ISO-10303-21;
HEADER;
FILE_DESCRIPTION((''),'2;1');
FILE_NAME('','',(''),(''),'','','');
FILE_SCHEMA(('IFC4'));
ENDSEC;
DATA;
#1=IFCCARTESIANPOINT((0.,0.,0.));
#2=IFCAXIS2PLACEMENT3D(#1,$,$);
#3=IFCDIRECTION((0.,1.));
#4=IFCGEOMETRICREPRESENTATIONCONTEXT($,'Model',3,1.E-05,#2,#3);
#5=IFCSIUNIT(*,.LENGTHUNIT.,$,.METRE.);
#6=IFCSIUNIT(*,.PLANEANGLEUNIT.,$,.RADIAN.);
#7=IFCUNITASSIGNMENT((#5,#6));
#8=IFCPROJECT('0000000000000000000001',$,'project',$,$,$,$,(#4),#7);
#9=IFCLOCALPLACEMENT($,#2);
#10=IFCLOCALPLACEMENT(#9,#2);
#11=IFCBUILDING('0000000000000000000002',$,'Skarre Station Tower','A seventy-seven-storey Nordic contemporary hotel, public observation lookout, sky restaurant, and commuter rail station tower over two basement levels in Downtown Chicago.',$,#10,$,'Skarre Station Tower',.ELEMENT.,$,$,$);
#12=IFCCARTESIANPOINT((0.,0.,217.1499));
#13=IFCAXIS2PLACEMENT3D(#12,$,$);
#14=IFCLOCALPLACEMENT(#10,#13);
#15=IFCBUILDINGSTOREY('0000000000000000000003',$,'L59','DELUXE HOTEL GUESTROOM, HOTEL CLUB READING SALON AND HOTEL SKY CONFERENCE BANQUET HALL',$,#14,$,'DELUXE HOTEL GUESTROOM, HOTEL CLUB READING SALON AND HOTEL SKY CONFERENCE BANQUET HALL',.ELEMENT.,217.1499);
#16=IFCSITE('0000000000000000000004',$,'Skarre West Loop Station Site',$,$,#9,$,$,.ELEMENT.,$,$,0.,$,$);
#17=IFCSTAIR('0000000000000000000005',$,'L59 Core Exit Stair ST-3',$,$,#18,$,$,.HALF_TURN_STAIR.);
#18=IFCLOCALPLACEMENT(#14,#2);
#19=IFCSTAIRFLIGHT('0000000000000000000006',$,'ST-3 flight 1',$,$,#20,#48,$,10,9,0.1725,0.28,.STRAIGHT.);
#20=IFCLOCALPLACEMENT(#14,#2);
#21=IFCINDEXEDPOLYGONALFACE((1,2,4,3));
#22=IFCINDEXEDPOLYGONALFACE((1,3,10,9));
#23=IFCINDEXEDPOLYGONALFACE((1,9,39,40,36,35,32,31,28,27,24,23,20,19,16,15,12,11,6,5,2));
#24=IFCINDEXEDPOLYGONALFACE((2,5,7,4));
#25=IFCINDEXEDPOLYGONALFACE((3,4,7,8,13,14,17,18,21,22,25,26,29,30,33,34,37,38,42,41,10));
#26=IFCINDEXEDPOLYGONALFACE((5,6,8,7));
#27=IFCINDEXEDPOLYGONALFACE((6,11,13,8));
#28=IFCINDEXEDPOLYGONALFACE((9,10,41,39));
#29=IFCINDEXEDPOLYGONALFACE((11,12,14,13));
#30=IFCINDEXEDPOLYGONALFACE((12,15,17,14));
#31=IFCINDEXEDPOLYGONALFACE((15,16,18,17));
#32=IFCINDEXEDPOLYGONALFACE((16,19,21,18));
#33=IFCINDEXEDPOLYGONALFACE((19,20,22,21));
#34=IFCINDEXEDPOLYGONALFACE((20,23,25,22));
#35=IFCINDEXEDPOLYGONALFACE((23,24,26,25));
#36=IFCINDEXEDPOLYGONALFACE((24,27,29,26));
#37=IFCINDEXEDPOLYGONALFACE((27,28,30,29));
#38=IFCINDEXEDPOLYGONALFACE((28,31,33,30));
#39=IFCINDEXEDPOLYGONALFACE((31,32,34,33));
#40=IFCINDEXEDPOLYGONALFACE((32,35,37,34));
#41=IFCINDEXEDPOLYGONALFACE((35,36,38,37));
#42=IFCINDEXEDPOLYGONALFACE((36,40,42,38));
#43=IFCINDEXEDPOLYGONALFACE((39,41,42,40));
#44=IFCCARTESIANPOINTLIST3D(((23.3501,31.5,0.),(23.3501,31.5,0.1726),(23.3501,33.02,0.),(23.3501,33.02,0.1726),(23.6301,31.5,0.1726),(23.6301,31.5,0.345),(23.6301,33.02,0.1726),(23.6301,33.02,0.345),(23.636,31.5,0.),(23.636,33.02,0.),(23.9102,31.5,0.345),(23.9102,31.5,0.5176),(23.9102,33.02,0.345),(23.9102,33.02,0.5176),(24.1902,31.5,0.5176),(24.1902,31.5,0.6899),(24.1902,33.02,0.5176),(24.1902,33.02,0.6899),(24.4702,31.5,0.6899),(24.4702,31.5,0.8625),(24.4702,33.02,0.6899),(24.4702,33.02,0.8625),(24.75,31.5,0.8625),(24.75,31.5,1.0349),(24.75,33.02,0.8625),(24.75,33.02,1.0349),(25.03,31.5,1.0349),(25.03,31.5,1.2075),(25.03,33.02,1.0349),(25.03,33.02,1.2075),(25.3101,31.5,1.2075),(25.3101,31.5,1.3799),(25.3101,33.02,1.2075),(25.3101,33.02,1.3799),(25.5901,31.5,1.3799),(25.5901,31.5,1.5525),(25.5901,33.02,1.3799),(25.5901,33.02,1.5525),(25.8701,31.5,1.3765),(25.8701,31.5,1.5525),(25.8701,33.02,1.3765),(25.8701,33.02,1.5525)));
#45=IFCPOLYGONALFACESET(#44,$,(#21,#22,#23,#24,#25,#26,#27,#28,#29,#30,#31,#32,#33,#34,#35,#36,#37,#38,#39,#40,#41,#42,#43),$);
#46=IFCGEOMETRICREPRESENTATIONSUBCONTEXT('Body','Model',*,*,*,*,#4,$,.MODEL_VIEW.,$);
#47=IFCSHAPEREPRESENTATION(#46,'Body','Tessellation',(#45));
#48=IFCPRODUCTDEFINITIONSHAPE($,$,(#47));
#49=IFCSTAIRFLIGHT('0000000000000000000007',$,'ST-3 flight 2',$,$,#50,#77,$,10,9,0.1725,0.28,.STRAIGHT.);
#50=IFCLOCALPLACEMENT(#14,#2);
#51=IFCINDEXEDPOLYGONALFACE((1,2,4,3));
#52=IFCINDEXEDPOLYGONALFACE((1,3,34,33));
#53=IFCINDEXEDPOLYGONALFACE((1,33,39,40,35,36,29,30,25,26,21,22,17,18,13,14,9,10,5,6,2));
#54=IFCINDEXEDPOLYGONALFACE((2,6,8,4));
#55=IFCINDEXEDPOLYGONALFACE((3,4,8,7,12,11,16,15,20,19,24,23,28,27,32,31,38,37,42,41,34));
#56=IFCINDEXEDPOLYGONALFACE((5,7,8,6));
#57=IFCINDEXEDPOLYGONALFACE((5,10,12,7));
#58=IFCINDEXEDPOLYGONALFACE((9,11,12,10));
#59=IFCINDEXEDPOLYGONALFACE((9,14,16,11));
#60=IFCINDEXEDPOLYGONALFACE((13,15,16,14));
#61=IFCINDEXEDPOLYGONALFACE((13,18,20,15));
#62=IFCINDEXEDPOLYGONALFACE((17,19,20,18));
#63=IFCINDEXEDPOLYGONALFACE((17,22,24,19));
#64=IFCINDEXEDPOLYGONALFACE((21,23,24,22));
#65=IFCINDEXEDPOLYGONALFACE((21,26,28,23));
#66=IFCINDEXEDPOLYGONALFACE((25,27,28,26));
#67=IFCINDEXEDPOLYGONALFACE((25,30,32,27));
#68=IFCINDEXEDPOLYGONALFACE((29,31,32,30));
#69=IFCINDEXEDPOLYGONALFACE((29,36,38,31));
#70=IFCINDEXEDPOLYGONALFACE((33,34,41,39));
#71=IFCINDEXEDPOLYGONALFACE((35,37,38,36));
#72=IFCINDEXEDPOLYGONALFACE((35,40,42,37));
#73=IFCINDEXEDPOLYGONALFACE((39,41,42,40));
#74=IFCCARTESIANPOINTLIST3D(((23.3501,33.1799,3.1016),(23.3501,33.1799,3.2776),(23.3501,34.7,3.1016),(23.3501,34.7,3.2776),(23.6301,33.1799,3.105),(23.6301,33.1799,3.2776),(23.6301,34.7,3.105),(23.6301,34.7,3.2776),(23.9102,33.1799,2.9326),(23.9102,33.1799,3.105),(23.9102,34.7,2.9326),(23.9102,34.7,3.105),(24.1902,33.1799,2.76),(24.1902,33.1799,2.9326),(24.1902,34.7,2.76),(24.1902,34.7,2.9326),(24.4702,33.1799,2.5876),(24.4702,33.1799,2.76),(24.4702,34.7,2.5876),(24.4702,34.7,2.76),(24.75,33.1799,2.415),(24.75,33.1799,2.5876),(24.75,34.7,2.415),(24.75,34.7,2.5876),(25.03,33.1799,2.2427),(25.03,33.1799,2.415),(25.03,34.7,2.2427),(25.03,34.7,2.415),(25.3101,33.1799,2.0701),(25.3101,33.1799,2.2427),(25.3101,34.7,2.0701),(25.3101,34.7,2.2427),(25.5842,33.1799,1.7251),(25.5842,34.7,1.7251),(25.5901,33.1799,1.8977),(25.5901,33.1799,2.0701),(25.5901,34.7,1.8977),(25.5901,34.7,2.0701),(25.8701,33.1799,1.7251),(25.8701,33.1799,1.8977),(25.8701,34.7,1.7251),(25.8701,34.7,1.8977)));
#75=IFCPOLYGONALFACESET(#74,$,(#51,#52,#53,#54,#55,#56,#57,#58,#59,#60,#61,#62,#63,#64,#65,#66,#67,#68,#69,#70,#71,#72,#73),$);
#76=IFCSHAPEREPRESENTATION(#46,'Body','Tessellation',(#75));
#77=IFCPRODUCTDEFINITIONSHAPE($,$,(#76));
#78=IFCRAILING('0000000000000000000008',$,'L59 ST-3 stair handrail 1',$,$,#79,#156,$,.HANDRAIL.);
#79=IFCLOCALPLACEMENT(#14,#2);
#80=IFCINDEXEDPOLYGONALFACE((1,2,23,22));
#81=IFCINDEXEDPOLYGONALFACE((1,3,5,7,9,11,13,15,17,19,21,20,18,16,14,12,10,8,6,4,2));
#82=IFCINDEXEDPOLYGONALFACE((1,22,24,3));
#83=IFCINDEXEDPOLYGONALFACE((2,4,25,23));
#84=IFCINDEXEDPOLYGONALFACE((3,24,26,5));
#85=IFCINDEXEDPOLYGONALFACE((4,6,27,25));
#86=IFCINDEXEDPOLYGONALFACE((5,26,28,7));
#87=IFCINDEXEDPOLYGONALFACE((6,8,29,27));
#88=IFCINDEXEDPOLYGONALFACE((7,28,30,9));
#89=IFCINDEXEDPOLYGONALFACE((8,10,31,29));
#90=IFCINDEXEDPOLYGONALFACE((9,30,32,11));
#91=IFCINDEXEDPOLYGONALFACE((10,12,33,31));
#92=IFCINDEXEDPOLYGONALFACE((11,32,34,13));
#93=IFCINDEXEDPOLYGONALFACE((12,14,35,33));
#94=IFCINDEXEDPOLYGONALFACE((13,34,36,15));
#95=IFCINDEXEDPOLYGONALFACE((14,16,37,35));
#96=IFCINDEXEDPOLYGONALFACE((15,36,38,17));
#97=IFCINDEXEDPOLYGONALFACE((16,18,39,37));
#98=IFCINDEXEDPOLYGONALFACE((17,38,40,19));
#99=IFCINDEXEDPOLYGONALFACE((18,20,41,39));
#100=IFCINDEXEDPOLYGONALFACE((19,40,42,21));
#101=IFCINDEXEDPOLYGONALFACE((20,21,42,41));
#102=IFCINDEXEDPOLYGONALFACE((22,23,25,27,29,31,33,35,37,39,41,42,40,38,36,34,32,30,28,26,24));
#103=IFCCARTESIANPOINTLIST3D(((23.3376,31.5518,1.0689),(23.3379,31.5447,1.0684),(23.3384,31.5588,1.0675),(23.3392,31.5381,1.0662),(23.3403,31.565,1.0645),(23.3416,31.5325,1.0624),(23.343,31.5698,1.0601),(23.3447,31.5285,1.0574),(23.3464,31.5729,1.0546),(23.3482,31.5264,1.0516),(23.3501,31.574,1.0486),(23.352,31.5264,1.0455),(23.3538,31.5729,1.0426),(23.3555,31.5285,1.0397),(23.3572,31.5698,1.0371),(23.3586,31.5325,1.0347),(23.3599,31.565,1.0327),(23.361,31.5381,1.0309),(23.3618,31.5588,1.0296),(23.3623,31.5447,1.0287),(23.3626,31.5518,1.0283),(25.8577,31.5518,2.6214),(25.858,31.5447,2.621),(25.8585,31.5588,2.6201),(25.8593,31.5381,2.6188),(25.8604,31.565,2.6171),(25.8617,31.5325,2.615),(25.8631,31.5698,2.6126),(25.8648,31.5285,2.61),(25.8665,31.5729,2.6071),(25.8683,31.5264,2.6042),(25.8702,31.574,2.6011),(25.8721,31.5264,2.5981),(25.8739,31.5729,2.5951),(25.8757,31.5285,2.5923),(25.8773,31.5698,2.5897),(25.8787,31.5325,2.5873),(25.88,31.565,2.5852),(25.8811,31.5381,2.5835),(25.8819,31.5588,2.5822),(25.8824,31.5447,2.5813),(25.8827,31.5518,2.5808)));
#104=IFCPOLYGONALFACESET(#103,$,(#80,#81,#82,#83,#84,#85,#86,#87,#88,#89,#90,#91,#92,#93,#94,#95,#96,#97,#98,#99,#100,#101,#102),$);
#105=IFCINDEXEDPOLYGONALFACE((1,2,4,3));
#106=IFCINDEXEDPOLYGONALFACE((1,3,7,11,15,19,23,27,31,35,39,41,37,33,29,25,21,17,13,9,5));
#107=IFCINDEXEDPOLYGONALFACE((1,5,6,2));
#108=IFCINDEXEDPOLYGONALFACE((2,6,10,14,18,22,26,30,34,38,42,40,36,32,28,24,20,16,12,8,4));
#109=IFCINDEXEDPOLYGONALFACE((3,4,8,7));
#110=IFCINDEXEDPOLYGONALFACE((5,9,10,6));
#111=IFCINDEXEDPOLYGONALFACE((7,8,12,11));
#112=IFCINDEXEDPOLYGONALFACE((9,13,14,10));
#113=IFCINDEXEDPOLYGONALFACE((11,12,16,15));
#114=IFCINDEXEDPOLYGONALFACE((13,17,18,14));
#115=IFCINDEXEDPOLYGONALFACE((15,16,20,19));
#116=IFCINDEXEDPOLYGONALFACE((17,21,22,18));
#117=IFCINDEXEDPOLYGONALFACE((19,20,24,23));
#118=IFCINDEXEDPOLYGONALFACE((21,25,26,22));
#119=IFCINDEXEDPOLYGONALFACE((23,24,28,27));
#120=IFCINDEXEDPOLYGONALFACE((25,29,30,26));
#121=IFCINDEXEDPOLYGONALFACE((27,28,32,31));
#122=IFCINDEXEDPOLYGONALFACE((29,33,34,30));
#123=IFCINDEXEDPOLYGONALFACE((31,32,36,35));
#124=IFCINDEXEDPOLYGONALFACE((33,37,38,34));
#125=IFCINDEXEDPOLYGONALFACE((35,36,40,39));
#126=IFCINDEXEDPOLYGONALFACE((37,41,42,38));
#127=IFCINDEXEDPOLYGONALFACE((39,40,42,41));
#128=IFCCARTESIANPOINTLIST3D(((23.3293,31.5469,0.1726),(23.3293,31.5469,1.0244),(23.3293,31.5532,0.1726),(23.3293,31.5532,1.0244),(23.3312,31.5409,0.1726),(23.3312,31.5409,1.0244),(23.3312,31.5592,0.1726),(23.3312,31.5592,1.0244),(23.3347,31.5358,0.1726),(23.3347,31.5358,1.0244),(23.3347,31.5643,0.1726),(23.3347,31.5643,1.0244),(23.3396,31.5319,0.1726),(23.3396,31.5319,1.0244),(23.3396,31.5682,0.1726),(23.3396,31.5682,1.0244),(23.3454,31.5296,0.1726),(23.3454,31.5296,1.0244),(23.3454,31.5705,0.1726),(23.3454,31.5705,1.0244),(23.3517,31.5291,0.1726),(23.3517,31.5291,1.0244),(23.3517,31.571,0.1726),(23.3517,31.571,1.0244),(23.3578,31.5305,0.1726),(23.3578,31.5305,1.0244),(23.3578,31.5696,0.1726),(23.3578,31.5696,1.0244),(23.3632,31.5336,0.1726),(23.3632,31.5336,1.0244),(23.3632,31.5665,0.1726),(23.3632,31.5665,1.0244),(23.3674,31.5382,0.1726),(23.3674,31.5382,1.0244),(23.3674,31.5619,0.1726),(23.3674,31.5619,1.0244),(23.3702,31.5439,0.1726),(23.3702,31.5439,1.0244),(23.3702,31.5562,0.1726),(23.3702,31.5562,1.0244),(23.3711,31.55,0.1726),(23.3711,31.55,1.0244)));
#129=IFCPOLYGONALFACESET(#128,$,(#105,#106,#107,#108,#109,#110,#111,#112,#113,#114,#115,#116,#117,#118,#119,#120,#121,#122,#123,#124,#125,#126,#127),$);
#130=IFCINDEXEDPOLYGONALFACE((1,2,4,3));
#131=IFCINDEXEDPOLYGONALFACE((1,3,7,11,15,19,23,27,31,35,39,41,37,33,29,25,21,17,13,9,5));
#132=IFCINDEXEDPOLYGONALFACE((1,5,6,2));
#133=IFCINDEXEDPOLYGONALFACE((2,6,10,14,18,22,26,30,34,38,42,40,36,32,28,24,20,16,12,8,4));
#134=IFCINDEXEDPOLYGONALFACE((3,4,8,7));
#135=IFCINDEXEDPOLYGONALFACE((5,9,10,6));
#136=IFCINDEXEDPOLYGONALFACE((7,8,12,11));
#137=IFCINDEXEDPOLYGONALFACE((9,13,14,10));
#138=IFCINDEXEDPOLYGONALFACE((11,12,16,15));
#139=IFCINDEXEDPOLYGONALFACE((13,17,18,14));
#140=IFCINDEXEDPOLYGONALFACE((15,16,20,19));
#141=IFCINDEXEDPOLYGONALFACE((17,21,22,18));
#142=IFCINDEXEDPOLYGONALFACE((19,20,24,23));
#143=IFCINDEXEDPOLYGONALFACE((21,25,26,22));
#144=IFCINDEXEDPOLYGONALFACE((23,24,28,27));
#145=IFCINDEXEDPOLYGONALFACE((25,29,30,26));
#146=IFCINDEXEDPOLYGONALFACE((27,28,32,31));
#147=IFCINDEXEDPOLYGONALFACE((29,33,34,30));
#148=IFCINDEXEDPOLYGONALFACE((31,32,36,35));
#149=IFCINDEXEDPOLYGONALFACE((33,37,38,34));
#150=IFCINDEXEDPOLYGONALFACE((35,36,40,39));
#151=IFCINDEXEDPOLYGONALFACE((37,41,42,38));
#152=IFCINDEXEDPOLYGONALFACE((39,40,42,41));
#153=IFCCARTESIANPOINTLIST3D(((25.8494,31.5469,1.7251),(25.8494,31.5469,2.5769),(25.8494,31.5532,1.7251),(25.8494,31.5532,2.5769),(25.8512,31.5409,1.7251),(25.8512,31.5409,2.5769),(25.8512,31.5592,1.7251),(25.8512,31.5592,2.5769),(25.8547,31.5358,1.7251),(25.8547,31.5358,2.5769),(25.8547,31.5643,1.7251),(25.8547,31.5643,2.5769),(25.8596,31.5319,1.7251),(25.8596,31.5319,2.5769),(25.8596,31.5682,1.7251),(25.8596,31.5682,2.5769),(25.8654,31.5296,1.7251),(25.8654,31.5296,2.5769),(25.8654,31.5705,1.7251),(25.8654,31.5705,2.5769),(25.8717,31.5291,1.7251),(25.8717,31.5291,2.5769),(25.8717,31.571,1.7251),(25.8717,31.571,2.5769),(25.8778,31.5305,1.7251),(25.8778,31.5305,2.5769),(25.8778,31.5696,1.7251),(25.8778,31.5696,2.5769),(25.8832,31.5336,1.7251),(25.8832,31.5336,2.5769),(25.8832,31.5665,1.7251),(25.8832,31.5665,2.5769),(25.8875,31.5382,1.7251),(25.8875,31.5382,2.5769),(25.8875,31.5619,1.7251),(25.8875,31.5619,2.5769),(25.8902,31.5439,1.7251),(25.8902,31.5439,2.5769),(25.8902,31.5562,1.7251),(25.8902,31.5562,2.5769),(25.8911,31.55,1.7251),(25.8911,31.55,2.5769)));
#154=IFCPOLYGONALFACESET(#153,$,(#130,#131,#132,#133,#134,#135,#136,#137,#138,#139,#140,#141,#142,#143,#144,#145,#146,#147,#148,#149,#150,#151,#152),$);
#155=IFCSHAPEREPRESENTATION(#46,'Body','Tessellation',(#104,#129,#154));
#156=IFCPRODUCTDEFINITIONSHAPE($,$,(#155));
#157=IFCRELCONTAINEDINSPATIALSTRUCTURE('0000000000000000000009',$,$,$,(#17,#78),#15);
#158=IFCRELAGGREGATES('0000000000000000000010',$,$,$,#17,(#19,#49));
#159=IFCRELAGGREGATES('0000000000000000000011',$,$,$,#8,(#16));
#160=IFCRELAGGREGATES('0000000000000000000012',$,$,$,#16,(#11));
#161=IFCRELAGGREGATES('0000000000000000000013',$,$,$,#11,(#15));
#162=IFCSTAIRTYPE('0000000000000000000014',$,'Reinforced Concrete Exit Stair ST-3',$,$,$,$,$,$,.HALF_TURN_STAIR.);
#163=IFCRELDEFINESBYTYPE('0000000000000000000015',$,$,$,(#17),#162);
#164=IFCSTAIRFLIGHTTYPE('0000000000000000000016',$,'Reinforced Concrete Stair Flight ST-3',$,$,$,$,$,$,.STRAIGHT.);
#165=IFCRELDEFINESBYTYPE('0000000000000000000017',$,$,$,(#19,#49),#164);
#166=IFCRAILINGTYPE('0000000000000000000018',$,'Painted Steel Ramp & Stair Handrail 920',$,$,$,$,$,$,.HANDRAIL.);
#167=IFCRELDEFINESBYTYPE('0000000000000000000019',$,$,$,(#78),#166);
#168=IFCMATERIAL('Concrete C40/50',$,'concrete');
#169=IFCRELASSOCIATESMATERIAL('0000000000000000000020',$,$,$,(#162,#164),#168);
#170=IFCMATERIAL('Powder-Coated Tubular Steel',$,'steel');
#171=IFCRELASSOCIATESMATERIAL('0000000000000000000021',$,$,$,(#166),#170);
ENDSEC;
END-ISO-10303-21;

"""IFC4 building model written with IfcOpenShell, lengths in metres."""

from ifc_helpers import new_model, si_unit, direction, frame, origin, origin_2d, place, context, subcontext, project, spatial, polyline, circle, outline, extrude, material, type_object, element, aggregate, save


model = new_model("IFC4")

# Units and contexts
model_context = context("Model", 3, precision=1e-05, world=origin(), true_north=direction((0.0, 1.0)))
body_context = subcontext(model_context, "Body", "Model", "MODEL_VIEW")
ifc_project = project(units=[si_unit("LENGTHUNIT", "METRE"), si_unit("PLANEANGLEUNIT", "RADIAN")], contexts=[model_context])

# Site, building, storey
site_placement = place(None, origin())
site = spatial("IfcSite", under=ifc_project, at=site_placement, Name="Skarre West Loop Station Site", CompositionType="ELEMENT", RefElevation=0.0)
building_placement = place(site_placement, origin())
building = spatial("IfcBuilding", under=site, at=building_placement, Name="Skarre Station Tower", Description="A seventy-seven-storey Nordic contemporary hotel, public observation lookout, sky restaurant, and commuter rail station tower over two basement levels in Downtown Chicago.", LongName="Skarre Station Tower", CompositionType="ELEMENT")
storey_placement = place(building_placement, frame((0.0, 0.0, 217.1499)))
storey = spatial("IfcBuildingStorey", under=building, at=storey_placement, Name="L59", Description="DELUXE HOTEL GUESTROOM, HOTEL CLUB READING SALON AND HOTEL SKY CONFERENCE BANQUET HALL", LongName="DELUXE HOTEL GUESTROOM, HOTEL CLUB READING SALON AND HOTEL SKY CONFERENCE BANQUET HALL", CompositionType="ELEMENT", Elevation=217.1499)

# Stair, stair flights
ifc_material_1 = material(Name="Concrete C40/50", Category="concrete")
stair_type = type_object("IfcStairType", Name="Reinforced Concrete Exit Stair ST-3", PredefinedType="HALF_TURN_STAIR", material=ifc_material_1)
stair_placement = place(storey_placement, origin())
stair = element("IfcStair", 1, at=stair_placement, inside=storey, type_object=stair_type, Name="L59 Core Exit Stair ST-3", PredefinedType="HALF_TURN_STAIR")
stair_flight_type = type_object("IfcStairFlightType", Name="Reinforced Concrete Stair Flight ST-3", PredefinedType="STRAIGHT", material=ifc_material_1)
stair_flight_1_placement = place(storey_placement, frame((23.3501, 32.26, 0.0), z_axis=(0.0, 0.0, 1.0), x_axis=(1.0, 0.0, 0.0)))
stair_flight_1 = element("IfcStairFlight", 2, at=stair_flight_1_placement, type_object=stair_flight_type, Name="ST-3 flight 1", NumberOfRisers=10, NumberOfTreads=9, PredefinedType="STRAIGHT", RiserHeight=0.1725, TreadLength=0.28, context=body_context, shape_type="SweptSolid", body=[
    extrude(outline(polyline([(0.0, 0.0), (0.0, 0.1726), (0.28, 0.1726), (0.28, 0.345), (0.5601, 0.345), (0.5601, 0.5176), (0.8401, 0.5176), (0.8401, 0.6899), (1.1201, 0.6899), (1.1201, 0.8625), (1.3999, 0.8625), (1.3999, 1.0349), (1.6799, 1.0349), (1.6799, 1.2075), (1.96, 1.2075), (1.96, 1.3799), (2.24, 1.3799), (2.24, 1.5525), (2.52, 1.5525), (2.52, 1.7251), (2.52, 1.3765), (0.2859, 0.0), (0.0, 0.0)])), frame((0.0, 0.76, 0.0), z_axis=(0.0, -1.0, 0.0), x_axis=(1.0, 0.0, 0.0)), (0.0, 0.0, 1.0), 1.52),
])
stair_flight_2_placement = place(storey_placement, frame((25.8701, 33.9399, 1.7251), z_axis=(0.0, 0.0, 1.0), x_axis=(-1.0, 0.0, 0.0)))
stair_flight_2 = element("IfcStairFlight", 3, at=stair_flight_2_placement, type_object=stair_flight_type, Name="ST-3 flight 2", NumberOfRisers=10, NumberOfTreads=9, PredefinedType="STRAIGHT", RiserHeight=0.1725, TreadLength=0.28, context=body_context, shape_type="SweptSolid", body=[
    extrude(outline(polyline([(0.0, 0.0), (0.0, 0.1726), (0.28, 0.1726), (0.28, 0.345), (0.5601, 0.345), (0.5601, 0.5176), (0.8401, 0.5176), (0.8401, 0.6899), (1.1201, 0.6899), (1.1201, 0.8625), (1.3999, 0.8625), (1.3999, 1.0349), (1.6799, 1.0349), (1.6799, 1.2075), (1.96, 1.2075), (1.96, 1.3799), (2.24, 1.3799), (2.24, 1.5525), (2.52, 1.5525), (2.52, 1.7251), (2.52, 1.3765), (0.2859, 0.0), (0.0, 0.0)])), frame((0.0, 0.76, 0.0), z_axis=(0.0, -1.0, 0.0), x_axis=(1.0, 0.0, 0.0)), (0.0, 0.0, 1.0), 1.52),
])
aggregate(stair, [stair_flight_1, stair_flight_2])

# Railing
ifc_material_2 = material(Name="Powder-Coated Tubular Steel", Category="steel")
railing_type_1 = type_object("IfcRailingType", Name="Painted Steel Ramp & Stair Handrail 920", PredefinedType="HANDRAIL", material=ifc_material_2)
railing_1_placement = place(storey_placement, frame((23.3501, 31.55, 0.1726)))
element("IfcRailing", 4, at=railing_1_placement, inside=storey, type_object=railing_type_1, Name="L59 ST-3 stair handrail 1", PredefinedType="HANDRAIL", context=body_context, shape_type="SweptSolid", body=[
    extrude(circle(Radius=0.0239, at=origin_2d()), frame((0.0, 0.0, 0.876), z_axis=(0.8514, 0.0, 0.524516), x_axis=(0.0, 1.0, 0.0)), (0.0, 0.0, 1.0), 2.96),
    extrude(circle(Radius=0.021, at=origin_2d()), origin(), (0.0, 0.0, 1.0), 0.8518),
    extrude(circle(Radius=0.021, at=origin_2d()), frame((2.52, 0.0, 1.5525)), (0.0, 0.0, 1.0), 0.8518),
])

save(model, "model.ifc")
